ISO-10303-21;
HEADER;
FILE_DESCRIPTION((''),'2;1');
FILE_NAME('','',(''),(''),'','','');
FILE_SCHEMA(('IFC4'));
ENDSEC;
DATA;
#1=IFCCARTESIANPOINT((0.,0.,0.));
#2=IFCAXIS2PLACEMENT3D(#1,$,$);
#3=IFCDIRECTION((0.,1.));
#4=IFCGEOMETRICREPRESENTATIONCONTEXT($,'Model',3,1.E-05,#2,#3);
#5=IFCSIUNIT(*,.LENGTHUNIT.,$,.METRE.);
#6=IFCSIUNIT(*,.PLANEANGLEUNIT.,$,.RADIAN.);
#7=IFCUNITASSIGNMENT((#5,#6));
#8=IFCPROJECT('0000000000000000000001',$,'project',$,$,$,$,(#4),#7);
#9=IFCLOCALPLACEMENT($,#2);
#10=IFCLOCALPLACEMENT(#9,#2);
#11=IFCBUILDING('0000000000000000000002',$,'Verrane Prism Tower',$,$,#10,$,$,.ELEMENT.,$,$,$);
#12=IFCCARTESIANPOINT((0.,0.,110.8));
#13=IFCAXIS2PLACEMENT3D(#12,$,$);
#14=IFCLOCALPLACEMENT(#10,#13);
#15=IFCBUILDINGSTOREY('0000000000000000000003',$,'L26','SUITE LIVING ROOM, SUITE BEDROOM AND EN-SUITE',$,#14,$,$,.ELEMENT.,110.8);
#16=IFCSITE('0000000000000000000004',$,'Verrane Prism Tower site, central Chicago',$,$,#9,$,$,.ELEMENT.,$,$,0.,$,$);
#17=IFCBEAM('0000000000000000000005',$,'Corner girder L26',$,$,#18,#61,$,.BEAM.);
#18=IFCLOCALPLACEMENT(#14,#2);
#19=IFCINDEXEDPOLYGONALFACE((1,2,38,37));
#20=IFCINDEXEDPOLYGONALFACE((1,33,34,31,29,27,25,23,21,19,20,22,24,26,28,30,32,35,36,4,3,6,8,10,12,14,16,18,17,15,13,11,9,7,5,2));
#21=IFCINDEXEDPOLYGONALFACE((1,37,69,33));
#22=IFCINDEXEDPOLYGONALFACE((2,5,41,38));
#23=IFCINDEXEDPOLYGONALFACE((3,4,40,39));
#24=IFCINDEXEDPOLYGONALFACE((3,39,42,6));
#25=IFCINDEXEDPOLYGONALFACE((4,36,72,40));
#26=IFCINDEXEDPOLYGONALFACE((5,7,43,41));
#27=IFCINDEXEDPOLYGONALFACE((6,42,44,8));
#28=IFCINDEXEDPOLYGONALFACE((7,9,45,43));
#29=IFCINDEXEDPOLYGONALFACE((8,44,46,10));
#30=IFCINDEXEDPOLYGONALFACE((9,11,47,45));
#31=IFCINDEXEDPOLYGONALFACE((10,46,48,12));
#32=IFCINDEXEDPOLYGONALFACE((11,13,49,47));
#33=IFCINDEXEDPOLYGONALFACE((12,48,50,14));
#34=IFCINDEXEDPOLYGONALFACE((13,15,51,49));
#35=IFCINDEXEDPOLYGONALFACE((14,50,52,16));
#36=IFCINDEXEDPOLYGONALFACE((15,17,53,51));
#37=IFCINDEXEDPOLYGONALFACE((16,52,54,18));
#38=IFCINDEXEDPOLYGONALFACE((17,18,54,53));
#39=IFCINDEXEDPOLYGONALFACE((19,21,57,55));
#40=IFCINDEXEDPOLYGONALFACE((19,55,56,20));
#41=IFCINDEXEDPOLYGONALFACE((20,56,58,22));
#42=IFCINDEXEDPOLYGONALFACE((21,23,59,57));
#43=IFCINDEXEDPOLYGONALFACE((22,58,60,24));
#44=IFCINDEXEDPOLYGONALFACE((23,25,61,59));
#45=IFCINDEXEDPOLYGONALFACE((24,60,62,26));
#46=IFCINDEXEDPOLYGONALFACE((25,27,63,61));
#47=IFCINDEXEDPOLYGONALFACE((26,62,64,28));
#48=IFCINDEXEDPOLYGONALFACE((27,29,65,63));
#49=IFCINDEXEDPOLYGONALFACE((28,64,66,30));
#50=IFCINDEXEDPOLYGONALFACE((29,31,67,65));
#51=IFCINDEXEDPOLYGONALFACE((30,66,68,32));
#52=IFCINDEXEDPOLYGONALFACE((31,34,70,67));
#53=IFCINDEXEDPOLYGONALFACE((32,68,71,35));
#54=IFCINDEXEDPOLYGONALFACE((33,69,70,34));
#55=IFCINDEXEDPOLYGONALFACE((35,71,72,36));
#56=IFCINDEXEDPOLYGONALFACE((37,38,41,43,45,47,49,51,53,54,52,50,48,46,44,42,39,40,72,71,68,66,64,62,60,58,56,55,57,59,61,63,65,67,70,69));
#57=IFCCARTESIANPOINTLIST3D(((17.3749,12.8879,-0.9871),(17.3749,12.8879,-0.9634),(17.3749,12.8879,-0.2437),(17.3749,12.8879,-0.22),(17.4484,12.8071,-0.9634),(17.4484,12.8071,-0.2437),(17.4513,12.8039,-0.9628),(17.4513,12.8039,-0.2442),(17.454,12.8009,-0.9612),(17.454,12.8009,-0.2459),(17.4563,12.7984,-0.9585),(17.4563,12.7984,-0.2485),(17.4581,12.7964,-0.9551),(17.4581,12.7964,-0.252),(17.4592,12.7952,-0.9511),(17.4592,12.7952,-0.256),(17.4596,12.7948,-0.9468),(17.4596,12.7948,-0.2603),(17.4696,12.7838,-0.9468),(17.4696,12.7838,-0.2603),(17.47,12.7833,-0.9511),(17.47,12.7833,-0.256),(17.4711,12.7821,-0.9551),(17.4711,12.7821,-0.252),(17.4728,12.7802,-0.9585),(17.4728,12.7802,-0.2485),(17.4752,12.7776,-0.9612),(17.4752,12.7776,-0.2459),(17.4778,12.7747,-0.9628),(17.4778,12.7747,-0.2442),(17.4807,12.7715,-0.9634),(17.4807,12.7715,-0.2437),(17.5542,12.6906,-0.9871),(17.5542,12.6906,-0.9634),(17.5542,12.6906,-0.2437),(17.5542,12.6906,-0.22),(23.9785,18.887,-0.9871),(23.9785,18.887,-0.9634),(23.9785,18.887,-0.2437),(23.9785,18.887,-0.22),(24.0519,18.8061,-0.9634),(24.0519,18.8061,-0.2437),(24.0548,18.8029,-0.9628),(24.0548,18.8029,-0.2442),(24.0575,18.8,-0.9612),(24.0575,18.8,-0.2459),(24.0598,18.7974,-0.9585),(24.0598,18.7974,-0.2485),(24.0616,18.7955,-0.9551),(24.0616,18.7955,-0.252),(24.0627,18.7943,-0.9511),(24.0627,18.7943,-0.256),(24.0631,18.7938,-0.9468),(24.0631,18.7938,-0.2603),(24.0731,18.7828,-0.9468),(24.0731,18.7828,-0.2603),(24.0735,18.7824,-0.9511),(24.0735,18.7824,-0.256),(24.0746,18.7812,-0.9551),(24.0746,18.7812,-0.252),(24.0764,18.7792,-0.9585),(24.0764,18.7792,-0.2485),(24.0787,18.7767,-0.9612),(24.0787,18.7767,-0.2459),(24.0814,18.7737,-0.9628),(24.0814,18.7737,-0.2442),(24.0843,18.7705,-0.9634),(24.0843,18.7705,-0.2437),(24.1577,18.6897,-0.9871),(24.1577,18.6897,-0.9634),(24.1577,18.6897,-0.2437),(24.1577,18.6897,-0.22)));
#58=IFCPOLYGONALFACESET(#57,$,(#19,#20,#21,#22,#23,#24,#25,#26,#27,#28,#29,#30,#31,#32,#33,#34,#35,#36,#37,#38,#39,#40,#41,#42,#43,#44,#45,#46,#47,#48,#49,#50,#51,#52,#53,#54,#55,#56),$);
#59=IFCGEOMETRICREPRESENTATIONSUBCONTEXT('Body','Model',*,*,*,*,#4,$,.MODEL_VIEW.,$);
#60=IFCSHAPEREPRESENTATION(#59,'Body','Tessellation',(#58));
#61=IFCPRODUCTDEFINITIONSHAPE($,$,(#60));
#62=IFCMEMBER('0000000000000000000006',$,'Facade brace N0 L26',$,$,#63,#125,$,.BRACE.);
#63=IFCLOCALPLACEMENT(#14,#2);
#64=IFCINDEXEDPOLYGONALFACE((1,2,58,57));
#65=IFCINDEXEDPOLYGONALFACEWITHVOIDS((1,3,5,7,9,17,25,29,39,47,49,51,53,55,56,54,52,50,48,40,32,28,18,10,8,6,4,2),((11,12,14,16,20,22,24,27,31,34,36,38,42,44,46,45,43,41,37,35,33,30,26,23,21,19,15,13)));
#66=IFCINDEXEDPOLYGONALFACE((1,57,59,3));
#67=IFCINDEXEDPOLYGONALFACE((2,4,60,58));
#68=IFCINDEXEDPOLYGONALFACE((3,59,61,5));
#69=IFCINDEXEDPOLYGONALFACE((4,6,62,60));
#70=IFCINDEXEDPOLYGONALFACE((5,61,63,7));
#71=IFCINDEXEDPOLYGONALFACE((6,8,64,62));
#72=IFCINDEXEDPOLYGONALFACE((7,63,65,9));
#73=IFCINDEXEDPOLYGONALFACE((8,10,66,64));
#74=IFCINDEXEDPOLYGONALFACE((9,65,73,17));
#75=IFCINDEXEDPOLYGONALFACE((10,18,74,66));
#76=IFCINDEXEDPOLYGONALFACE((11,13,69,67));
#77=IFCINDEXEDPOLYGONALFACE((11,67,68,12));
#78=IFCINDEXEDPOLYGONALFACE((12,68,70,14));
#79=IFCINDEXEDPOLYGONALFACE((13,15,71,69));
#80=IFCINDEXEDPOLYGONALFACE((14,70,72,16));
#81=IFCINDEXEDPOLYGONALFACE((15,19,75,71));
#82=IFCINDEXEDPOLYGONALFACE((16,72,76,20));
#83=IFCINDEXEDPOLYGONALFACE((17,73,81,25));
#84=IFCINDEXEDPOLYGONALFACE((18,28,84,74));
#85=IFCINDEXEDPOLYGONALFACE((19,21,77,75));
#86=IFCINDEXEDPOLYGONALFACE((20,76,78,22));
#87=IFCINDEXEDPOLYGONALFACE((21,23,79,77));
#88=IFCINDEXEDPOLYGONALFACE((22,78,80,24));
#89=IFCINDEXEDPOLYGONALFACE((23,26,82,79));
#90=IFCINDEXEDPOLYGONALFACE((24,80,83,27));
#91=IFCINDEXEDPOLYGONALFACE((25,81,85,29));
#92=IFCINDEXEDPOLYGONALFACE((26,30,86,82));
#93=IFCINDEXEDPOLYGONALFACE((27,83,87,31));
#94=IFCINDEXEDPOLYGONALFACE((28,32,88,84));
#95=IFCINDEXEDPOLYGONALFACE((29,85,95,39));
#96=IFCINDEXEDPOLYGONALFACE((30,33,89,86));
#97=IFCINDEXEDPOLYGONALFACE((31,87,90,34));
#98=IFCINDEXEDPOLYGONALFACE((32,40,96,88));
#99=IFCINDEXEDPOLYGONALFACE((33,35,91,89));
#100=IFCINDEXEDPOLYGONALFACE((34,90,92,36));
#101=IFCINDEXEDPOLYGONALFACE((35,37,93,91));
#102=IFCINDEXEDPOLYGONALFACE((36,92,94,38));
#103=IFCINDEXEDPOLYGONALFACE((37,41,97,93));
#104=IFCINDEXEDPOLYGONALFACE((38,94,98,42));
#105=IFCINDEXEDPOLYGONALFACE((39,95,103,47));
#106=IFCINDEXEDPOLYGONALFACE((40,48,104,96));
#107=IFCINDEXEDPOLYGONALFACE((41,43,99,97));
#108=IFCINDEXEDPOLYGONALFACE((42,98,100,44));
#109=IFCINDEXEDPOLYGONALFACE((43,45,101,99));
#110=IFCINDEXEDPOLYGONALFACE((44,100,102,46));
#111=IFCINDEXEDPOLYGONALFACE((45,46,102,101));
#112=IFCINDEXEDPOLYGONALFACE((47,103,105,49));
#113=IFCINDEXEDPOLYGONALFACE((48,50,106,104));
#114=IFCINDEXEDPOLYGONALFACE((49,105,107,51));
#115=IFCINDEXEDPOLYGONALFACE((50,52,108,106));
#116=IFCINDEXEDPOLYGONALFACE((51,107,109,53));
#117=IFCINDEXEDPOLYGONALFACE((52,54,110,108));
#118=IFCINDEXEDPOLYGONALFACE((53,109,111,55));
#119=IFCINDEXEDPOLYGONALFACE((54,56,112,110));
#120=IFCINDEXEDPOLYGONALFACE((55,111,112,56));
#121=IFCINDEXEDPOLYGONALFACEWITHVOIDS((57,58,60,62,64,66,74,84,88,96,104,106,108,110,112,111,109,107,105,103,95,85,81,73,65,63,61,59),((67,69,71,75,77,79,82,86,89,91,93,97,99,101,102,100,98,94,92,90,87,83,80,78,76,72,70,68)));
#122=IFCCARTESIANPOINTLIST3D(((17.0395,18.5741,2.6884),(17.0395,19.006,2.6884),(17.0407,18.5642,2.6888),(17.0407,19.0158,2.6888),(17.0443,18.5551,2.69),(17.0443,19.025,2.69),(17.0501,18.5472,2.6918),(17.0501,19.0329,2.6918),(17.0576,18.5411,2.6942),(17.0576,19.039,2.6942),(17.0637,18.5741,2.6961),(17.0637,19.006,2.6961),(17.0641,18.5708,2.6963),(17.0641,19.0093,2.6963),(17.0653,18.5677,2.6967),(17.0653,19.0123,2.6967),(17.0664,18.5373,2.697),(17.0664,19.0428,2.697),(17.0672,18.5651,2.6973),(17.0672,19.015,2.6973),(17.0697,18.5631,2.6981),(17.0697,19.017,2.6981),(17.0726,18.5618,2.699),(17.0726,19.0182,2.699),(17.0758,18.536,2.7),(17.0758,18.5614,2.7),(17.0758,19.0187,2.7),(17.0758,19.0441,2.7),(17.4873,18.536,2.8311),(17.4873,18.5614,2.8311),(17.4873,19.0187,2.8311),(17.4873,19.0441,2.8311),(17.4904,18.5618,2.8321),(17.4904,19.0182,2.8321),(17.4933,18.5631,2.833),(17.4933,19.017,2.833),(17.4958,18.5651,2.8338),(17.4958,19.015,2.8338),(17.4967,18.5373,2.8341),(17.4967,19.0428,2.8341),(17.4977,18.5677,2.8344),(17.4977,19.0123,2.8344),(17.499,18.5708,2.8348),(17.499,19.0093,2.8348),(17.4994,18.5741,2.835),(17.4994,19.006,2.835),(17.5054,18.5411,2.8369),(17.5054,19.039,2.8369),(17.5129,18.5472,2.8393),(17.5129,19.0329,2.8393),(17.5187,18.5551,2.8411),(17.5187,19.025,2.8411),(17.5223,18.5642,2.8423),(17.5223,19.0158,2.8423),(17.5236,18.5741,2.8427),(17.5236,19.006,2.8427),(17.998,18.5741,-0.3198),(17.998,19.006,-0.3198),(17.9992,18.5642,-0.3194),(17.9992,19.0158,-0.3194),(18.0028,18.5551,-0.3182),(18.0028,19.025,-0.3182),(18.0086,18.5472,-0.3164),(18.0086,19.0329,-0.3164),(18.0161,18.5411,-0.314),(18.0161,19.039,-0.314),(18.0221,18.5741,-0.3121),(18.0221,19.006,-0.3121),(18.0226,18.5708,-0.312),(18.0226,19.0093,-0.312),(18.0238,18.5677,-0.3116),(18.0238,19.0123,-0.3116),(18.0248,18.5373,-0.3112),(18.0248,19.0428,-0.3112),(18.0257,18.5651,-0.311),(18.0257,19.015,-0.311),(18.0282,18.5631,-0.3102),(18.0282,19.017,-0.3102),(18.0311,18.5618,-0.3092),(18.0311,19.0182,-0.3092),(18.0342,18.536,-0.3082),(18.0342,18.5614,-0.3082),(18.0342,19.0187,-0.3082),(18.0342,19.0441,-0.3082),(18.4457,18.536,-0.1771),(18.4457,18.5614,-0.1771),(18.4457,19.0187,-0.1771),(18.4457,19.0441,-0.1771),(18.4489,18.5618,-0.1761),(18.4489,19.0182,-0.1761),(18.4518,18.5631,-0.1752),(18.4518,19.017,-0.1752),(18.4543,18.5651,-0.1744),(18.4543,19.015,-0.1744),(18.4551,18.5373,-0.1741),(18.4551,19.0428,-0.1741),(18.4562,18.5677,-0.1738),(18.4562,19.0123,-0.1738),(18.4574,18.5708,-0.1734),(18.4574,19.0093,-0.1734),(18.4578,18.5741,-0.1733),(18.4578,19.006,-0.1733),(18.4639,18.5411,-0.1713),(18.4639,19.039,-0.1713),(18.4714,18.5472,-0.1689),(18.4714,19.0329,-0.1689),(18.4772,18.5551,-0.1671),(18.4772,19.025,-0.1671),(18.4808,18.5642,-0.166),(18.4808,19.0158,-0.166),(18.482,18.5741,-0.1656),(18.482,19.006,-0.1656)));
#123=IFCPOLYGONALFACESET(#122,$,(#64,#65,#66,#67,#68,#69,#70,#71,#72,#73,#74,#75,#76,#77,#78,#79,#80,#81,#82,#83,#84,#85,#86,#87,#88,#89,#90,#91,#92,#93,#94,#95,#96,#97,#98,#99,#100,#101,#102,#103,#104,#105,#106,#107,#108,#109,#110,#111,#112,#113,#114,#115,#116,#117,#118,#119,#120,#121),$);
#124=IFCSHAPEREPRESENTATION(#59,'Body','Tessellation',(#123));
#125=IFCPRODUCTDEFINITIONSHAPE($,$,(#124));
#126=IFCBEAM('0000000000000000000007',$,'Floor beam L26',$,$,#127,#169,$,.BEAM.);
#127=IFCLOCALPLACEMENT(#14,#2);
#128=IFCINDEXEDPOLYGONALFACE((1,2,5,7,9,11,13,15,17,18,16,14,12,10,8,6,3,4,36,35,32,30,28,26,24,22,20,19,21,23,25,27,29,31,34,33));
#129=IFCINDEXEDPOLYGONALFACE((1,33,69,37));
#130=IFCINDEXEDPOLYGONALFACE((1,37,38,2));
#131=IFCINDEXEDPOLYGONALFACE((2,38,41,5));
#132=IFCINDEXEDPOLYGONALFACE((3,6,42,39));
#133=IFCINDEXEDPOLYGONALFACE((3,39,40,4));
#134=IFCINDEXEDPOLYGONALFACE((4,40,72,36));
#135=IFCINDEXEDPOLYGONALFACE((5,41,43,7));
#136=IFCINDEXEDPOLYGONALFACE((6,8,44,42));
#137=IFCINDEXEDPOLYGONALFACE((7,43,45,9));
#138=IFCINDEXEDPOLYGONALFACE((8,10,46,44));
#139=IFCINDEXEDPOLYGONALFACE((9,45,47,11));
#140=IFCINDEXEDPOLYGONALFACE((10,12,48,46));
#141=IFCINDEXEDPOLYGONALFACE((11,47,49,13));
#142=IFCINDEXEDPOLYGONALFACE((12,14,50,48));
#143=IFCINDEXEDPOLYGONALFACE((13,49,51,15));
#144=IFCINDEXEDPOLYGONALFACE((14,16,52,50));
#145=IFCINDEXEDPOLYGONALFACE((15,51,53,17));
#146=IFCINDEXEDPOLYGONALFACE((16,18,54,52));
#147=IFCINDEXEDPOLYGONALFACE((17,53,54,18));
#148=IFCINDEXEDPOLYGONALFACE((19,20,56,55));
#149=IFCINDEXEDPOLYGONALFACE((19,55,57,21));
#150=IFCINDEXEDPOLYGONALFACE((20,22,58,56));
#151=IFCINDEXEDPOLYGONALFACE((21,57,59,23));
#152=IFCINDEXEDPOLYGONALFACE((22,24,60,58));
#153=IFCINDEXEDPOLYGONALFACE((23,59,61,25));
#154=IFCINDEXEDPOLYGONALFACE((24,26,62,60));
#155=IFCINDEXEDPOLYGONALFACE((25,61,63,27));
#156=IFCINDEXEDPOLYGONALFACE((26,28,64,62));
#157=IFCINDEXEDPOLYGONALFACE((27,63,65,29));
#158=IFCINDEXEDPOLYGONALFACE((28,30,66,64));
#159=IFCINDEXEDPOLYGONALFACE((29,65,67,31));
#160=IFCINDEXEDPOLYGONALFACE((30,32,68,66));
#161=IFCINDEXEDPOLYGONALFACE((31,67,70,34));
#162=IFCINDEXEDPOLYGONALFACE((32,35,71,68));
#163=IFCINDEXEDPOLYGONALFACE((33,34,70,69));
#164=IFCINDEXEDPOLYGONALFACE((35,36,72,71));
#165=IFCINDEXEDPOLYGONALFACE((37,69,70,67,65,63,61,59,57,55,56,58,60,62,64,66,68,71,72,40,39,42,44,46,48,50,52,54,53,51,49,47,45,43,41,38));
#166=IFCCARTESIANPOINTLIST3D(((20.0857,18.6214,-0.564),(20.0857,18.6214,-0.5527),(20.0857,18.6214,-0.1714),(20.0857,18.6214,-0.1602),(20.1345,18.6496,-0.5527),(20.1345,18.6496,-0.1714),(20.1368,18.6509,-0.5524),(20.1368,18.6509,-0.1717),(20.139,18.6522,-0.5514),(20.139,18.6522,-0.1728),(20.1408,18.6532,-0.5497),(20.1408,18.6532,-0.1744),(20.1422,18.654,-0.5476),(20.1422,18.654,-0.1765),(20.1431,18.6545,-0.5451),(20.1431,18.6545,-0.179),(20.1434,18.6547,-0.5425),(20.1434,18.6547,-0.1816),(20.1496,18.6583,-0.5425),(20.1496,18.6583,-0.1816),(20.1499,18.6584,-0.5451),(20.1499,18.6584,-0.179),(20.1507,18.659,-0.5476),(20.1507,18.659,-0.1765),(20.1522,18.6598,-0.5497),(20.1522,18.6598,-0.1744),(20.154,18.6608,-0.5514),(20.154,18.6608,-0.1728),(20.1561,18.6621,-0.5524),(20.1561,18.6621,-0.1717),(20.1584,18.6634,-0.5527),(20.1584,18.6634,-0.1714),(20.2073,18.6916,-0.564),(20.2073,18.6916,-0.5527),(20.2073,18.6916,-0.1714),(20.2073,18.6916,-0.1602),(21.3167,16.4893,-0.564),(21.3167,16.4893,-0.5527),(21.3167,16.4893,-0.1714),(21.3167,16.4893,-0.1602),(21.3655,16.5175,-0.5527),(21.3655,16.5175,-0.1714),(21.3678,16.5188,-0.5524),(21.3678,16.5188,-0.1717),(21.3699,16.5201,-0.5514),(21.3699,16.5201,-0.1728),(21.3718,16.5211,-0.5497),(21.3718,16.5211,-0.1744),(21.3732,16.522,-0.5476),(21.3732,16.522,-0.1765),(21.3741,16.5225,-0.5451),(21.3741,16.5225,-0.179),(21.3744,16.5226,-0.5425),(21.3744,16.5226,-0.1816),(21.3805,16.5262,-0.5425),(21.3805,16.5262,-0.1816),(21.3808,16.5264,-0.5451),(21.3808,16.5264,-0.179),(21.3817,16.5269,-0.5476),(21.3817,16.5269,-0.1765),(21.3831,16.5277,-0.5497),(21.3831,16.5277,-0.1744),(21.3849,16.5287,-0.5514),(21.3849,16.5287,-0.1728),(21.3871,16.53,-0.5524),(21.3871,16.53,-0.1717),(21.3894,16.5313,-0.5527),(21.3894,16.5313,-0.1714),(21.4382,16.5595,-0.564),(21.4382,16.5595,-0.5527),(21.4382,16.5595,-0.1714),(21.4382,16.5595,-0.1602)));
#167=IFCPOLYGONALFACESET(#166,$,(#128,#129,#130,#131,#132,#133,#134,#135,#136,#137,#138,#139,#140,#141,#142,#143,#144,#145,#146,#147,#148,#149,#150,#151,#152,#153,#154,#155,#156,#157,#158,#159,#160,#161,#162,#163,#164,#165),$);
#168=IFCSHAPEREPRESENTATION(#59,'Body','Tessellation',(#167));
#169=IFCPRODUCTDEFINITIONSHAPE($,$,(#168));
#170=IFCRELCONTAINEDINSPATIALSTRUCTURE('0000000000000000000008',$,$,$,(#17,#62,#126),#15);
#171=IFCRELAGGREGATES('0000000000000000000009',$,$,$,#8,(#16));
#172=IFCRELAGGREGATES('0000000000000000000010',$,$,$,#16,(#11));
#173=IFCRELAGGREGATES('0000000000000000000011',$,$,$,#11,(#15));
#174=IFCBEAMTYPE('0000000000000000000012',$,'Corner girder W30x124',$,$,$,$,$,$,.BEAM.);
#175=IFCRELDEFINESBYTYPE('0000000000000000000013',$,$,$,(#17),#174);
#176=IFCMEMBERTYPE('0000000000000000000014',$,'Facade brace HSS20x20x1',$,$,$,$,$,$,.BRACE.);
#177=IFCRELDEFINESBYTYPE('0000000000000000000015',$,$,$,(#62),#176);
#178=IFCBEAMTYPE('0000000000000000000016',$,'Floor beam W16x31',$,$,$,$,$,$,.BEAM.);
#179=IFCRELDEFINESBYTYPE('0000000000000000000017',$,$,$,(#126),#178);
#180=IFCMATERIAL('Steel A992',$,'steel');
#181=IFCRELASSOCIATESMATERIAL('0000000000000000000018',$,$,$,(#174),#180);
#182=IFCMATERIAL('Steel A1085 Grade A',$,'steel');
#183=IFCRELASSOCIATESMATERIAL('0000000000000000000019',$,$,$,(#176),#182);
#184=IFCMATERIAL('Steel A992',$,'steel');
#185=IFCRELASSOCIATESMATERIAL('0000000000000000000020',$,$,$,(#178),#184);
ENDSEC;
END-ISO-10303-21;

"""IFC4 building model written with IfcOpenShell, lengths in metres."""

from ifc_helpers import new_model, si_unit, direction, frame, origin, origin_2d, place, context, subcontext, project, spatial, hollow_rectangle, i_section, extrude, material, material_profile, profile_set, type_object, element, save


model = new_model("IFC4")

# Units and contexts
model_context = context("Model", 3, precision=1e-05, world=origin(), true_north=direction((0.0, 1.0)))
body_context = subcontext(model_context, "Body", "Model", "MODEL_VIEW")
ifc_project = project(units=[si_unit("LENGTHUNIT", "METRE"), si_unit("PLANEANGLEUNIT", "RADIAN")], contexts=[model_context])

# Site, building, storey
site_placement = place(None, origin())
site = spatial("IfcSite", under=ifc_project, at=site_placement, Name="Verrane Prism Tower site, central Chicago", CompositionType="ELEMENT", RefElevation=0.0)
building_placement = place(site_placement, origin())
building = spatial("IfcBuilding", under=site, at=building_placement, Name="Verrane Prism Tower", CompositionType="ELEMENT")
storey_placement = place(building_placement, frame((0.0, 0.0, 110.8)))
storey = spatial("IfcBuildingStorey", under=building, at=storey_placement, Name="L26", Description="SUITE LIVING ROOM, SUITE BEDROOM AND EN-SUITE", CompositionType="ELEMENT", Elevation=110.8)

# Beam
ifc_material_1 = material(Name="Steel A992", Category="steel")
ifc_material_profile_1 = material_profile(ifc_material_1, i_section(OverallWidth=0.2666, OverallDepth=0.7671, WebThickness=0.0149, FlangeThickness=0.0237, FilletRadius=0.0166, at=origin_2d()), Name="W30x124")
ifc_profile_set_1 = profile_set([ifc_material_profile_1], Name="Steel A992")
beam_type_1 = type_object("IfcBeamType", Name="Corner girder W30x124", PredefinedType="BEAM", material=ifc_profile_set_1)
beam_1_placement = place(storey_placement, frame((24.0681, 18.7883, -0.6035), z_axis=(-0.740173, -0.672417, 0.0), x_axis=(0.672417, -0.740173, 0.0)))
element("IfcBeam", 1, at=beam_1_placement, inside=storey, type_object=beam_type_1, Name="Corner girder L26", PredefinedType="BEAM", context=body_context, shape_type="SweptSolid", body=[
    extrude(i_section(OverallWidth=0.2666, OverallDepth=0.7671, WebThickness=0.0149, FlangeThickness=0.0237, FilletRadius=0.0166, at=origin_2d()), origin(), (0.0, 0.0, 1.0), 8.9216),
])

# Member
ifc_material_2 = material(Name="Steel A1085 Grade A", Category="steel")
ifc_material_profile_2 = material_profile(ifc_material_2, hollow_rectangle(XDim=0.5081, YDim=0.5081, WallThickness=0.0254, InnerFilletRadius=0.0127, OuterFilletRadius=0.0381, at=origin_2d()), Name="HSS20x20x1")
ifc_profile_set_2 = profile_set([ifc_material_profile_2], Name="Steel A1085 Grade A")
member_type_1 = type_object("IfcMemberType", Name="Facade brace HSS20x20x1", PredefinedType="BRACE", material=ifc_profile_set_2)
member_1_placement = place(storey_placement, frame((18.24, 18.79, -0.2427), z_axis=(-0.30358, 0.0, 0.952806), x_axis=(0.0, -1.0, 0.0)))
element("IfcMember", 2, at=member_1_placement, inside=storey, type_object=member_type_1, Name="Facade brace N0 L26", PredefinedType="BRACE", context=body_context, shape_type="SweptSolid", body=[
    extrude(hollow_rectangle(XDim=0.5081, YDim=0.5081, WallThickness=0.0254, InnerFilletRadius=0.0127, OuterFilletRadius=0.0381, at=origin_2d()), origin(), (0.0, 0.0, 1.0), 3.1572),
])

# Beam
ifc_material_3 = material(Name="Steel A992", Category="steel")
ifc_material_profile_3 = material_profile(ifc_material_3, i_section(OverallWidth=0.1404, OverallDepth=0.4038, WebThickness=0.0071, FlangeThickness=0.0112, FilletRadius=0.0103, at=origin_2d()), Name="W16x31")
ifc_profile_set_3 = profile_set([ifc_material_profile_3], Name="Steel A992")
beam_type_2 = type_object("IfcBeamType", Name="Floor beam W16x31", PredefinedType="BEAM", material=ifc_profile_set_3)
beam_2_placement = place(storey_placement, frame((21.3774, 16.5244, -0.3621), z_axis=(-0.5, 0.866025, 0.0), x_axis=(-0.866025, -0.5, 0.0)))
element("IfcBeam", 3, at=beam_2_placement, inside=storey, type_object=beam_type_2, Name="Floor beam L26", PredefinedType="BEAM", context=body_context, shape_type="SweptSolid", body=[
    extrude(i_section(OverallWidth=0.1404, OverallDepth=0.4038, WebThickness=0.0071, FlangeThickness=0.0112, FilletRadius=0.0103, at=origin_2d()), origin(), (0.0, 0.0, 1.0), 2.4619),
])

save(model, "model.ifc")
